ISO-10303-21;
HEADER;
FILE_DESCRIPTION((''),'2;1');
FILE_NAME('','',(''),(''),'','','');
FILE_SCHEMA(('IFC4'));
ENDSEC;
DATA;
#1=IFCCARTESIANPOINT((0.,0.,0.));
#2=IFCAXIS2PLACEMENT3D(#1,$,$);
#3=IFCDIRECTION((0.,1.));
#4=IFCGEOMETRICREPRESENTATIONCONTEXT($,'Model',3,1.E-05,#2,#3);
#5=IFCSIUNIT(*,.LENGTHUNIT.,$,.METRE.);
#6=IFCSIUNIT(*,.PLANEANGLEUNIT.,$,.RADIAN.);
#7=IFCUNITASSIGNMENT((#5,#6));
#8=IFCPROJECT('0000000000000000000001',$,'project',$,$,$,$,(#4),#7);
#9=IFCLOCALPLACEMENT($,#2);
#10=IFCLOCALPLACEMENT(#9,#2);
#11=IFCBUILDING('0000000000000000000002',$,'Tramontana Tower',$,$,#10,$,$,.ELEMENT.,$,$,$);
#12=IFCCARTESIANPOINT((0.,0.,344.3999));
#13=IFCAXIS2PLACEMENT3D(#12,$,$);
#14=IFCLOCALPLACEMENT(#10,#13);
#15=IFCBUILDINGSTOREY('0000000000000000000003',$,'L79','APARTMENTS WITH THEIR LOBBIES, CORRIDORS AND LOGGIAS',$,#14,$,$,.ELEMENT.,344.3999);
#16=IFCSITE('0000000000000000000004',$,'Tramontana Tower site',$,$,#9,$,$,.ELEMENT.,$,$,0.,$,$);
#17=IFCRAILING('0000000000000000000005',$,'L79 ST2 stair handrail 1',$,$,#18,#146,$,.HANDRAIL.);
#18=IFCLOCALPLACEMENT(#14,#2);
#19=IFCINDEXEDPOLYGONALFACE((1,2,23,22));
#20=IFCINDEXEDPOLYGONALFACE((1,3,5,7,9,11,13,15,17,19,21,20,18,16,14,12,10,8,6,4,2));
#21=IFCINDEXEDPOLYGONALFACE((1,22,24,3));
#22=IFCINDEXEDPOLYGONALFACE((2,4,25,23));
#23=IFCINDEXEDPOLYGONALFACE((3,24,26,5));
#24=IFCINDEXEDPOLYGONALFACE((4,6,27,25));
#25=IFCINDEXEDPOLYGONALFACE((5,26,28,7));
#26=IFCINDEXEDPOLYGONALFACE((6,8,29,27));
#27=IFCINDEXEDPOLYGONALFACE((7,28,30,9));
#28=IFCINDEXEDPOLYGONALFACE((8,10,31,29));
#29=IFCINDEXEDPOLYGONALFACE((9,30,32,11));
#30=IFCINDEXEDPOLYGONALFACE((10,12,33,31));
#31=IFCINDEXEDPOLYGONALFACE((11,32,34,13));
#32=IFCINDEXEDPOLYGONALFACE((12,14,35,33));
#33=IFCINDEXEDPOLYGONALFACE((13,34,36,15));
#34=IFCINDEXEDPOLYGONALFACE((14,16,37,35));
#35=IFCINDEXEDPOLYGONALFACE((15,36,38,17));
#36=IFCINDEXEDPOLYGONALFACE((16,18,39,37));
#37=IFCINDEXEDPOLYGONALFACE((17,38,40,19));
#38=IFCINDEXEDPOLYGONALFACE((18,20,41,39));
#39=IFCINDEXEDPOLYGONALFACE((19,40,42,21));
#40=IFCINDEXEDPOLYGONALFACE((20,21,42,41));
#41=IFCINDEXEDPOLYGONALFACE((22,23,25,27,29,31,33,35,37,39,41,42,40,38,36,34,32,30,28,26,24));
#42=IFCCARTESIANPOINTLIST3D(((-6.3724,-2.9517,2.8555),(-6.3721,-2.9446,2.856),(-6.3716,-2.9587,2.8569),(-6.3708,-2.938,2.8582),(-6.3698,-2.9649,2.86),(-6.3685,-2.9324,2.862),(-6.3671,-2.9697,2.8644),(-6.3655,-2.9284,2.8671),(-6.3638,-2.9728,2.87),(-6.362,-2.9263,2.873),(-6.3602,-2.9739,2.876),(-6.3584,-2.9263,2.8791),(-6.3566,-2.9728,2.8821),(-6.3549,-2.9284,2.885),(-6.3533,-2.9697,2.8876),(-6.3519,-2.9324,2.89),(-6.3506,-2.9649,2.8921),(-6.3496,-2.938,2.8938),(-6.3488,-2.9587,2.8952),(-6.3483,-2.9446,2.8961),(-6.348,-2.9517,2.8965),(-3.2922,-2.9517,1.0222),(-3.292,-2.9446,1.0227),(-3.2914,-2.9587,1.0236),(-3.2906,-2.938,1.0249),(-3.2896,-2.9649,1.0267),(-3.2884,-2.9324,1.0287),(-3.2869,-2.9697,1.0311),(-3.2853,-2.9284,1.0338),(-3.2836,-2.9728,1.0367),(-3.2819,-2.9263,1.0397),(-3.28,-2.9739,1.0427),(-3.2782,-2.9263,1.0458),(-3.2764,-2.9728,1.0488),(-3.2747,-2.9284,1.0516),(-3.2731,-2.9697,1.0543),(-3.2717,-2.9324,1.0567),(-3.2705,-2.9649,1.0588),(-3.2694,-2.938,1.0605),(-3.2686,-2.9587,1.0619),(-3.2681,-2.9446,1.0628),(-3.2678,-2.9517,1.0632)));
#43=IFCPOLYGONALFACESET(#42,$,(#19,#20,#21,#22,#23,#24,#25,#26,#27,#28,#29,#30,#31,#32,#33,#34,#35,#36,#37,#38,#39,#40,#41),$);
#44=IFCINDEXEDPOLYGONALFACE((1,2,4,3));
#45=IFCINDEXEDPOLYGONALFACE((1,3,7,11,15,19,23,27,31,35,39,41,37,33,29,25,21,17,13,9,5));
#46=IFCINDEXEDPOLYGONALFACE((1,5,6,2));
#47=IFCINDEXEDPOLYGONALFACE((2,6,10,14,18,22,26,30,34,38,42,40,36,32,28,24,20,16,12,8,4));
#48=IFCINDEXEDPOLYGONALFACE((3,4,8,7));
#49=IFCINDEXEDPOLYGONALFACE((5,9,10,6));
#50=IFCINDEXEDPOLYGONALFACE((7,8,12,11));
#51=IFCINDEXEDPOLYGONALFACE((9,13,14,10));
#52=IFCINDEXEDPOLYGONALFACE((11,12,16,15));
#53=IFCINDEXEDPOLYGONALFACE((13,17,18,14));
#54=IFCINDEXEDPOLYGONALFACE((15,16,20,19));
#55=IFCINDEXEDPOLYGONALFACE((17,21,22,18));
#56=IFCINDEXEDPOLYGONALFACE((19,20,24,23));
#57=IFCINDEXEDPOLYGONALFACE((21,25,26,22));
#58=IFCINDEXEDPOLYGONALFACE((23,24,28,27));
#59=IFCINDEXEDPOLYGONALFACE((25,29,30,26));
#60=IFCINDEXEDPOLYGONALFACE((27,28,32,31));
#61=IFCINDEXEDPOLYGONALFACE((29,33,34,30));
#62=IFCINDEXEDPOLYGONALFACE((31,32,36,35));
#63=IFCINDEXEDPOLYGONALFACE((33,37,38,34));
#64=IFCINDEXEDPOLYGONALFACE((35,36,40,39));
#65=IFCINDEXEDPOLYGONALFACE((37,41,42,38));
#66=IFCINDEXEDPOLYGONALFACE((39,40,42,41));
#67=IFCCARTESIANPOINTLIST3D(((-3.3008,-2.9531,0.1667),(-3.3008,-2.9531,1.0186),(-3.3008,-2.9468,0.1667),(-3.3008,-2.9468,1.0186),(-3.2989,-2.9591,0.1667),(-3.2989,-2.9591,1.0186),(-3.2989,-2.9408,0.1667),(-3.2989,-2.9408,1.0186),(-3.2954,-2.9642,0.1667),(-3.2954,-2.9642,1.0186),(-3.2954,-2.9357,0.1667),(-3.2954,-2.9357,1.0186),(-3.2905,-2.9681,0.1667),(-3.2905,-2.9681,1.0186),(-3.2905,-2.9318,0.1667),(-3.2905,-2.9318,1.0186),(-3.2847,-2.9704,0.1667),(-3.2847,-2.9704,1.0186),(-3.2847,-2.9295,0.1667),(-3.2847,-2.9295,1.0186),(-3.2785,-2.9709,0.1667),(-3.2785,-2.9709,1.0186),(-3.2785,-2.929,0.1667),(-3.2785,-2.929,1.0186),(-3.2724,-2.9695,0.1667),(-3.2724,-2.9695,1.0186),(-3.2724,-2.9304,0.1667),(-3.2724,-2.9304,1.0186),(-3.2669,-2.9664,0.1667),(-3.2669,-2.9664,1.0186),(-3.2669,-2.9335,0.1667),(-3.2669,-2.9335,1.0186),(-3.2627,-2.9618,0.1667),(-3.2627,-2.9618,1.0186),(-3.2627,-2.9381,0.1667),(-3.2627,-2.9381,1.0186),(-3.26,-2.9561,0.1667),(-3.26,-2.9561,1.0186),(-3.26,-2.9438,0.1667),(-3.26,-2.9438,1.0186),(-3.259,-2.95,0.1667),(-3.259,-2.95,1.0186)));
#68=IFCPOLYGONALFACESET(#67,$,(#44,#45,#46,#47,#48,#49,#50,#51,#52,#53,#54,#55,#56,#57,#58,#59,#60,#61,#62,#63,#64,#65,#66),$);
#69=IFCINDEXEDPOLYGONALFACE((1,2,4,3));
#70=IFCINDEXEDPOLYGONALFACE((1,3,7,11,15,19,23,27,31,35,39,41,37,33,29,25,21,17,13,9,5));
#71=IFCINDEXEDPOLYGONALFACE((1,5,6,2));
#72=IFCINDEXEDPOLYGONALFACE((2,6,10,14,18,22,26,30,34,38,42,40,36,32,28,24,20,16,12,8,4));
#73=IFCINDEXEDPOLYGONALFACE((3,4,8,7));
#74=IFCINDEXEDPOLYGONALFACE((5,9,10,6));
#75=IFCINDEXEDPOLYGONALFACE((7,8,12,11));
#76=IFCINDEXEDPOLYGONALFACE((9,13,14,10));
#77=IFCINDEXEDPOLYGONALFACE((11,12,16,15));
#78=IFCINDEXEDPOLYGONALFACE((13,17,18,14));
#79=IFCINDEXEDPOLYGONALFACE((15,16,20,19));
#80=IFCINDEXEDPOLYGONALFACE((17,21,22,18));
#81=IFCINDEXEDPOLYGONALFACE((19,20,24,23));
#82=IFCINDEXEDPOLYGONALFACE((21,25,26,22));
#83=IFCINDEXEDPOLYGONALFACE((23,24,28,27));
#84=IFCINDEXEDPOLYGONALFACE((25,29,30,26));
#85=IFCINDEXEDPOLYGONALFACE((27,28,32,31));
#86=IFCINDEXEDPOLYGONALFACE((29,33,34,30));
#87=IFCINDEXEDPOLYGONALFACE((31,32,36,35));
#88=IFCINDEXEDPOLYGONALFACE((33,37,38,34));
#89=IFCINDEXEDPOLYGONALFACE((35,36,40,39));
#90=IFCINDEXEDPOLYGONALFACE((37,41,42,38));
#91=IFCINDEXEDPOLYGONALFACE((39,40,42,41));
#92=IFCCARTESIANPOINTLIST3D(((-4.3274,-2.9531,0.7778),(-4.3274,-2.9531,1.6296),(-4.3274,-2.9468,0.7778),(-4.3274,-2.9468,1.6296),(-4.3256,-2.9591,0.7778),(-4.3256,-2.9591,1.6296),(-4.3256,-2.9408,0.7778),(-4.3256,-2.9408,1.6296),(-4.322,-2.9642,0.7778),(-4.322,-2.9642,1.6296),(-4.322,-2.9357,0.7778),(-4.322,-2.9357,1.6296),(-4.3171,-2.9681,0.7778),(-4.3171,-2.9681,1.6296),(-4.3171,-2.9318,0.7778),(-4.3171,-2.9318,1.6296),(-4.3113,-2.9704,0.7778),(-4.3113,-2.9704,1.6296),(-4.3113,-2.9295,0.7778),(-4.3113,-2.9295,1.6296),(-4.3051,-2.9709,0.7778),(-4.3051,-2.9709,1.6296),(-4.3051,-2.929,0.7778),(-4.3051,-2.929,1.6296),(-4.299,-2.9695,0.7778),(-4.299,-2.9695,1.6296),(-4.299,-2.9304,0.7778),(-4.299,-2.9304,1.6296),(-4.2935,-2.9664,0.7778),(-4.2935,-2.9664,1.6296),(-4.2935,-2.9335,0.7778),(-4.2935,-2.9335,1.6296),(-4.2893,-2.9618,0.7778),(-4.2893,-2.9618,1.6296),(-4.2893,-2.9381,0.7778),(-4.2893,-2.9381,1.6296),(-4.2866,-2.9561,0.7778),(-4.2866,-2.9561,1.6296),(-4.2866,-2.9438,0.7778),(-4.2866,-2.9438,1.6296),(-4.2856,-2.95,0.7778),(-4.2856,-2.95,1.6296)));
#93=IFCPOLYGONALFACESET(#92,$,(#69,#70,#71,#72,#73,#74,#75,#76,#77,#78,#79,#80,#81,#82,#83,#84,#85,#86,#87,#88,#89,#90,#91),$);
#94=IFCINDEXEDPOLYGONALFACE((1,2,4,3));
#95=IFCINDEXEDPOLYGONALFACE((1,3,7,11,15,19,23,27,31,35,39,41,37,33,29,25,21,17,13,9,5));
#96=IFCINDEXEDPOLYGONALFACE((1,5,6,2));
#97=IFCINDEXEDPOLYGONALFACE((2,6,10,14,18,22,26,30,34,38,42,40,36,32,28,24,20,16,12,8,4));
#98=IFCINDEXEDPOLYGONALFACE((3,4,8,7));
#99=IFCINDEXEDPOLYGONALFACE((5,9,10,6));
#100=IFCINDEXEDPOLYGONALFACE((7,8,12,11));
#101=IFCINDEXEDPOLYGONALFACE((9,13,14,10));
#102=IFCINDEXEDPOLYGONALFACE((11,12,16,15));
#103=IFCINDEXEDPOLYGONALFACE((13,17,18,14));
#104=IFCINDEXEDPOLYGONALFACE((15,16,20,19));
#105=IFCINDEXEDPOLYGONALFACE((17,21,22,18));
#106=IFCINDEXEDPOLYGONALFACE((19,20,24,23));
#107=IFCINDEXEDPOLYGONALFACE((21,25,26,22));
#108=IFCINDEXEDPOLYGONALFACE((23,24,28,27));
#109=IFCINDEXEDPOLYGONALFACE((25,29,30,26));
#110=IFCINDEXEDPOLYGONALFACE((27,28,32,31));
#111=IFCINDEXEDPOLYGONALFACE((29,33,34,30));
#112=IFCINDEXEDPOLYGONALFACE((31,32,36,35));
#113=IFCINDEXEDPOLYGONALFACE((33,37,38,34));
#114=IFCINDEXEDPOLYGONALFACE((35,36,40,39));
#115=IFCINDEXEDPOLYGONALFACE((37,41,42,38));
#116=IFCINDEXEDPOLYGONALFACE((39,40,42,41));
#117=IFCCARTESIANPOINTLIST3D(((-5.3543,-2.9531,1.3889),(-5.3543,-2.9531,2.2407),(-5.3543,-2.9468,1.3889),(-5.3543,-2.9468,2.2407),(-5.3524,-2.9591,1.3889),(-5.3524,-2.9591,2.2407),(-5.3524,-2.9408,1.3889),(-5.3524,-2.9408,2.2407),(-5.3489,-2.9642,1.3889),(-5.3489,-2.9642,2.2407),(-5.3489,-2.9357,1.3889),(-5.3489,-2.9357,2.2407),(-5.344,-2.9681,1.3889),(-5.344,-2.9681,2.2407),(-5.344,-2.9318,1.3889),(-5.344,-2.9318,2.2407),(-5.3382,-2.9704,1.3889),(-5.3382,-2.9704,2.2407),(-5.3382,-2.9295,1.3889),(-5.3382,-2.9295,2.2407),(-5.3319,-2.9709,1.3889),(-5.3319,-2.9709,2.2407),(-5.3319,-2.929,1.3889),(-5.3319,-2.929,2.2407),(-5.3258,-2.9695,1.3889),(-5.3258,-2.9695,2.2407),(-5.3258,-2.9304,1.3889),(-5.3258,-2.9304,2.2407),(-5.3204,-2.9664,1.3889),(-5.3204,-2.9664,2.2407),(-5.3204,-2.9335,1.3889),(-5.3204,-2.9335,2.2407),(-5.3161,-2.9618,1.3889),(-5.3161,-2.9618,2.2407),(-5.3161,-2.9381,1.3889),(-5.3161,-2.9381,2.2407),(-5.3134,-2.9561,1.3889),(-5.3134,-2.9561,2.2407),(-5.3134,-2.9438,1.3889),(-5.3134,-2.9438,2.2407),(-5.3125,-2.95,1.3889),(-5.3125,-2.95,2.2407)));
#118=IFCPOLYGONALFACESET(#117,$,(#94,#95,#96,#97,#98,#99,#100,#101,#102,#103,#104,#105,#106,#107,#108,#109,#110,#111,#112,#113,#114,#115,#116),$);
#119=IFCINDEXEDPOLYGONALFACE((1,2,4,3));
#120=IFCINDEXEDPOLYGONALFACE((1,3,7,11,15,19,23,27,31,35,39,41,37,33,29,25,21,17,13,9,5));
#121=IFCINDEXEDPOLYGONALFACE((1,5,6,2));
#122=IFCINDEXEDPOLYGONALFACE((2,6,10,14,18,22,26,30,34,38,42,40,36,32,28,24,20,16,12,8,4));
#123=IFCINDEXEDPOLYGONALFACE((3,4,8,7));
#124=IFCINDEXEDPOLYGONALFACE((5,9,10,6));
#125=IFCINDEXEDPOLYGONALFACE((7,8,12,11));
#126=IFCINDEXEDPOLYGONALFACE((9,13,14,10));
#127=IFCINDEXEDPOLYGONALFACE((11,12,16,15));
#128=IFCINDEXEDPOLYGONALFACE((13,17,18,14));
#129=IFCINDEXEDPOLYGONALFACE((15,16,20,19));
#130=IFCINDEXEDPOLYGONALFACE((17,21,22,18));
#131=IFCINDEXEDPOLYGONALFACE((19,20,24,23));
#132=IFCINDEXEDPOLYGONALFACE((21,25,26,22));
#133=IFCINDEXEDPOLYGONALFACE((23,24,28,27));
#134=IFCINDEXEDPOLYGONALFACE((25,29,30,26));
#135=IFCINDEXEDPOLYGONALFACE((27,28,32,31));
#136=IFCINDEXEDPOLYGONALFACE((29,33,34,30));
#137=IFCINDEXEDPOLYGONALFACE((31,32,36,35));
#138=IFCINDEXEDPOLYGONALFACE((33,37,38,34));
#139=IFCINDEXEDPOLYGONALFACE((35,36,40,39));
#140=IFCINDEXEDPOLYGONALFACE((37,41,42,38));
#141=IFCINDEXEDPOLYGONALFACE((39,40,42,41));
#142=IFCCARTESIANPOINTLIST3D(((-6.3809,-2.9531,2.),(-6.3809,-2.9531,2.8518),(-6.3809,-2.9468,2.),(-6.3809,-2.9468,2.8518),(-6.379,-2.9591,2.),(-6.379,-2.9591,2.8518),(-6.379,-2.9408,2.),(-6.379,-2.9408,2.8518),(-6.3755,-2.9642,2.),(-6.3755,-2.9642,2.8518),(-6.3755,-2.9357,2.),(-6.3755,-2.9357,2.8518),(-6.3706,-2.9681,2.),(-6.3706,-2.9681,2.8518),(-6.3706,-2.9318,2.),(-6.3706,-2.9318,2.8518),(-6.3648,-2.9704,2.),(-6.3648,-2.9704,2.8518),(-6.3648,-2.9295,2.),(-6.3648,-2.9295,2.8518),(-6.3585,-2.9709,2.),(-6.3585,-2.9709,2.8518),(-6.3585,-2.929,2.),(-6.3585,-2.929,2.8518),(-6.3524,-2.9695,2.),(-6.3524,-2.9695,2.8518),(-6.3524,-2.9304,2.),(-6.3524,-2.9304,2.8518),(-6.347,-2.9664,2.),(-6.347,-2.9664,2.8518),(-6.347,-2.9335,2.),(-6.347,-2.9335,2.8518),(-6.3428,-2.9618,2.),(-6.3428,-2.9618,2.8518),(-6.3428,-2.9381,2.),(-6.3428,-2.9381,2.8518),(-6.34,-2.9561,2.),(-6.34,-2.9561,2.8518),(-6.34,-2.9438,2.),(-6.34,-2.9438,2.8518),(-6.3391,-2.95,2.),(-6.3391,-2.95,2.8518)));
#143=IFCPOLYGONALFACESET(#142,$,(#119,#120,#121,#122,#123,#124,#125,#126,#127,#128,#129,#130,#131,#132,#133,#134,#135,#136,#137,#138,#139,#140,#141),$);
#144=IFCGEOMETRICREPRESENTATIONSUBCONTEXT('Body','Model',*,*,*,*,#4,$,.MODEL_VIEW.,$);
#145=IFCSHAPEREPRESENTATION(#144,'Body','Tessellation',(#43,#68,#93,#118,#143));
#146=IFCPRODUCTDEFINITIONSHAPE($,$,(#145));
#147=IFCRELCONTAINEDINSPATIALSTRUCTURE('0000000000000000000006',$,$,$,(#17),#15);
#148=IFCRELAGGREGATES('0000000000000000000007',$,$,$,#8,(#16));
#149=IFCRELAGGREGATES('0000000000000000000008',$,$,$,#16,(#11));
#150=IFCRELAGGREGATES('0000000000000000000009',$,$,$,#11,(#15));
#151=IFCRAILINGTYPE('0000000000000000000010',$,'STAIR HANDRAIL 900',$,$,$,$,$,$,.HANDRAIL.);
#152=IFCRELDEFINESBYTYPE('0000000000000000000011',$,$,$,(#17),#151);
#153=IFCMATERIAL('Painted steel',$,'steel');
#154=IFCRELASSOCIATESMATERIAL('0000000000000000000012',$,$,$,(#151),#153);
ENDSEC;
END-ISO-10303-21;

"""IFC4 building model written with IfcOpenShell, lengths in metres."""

from ifc_helpers import new_model, si_unit, direction, frame, origin, origin_2d, place, context, subcontext, project, spatial, circle, extrude, material, type_object, element, save


model = new_model("IFC4")

# Units and contexts
model_context = context("Model", 3, precision=1e-05, world=origin(), true_north=direction((0.0, 1.0)))
body_context = subcontext(model_context, "Body", "Model", "MODEL_VIEW")
ifc_project = project(units=[si_unit("LENGTHUNIT", "METRE"), si_unit("PLANEANGLEUNIT", "RADIAN")], contexts=[model_context])

# Site, building, storey
site_placement = place(None, origin())
site = spatial("IfcSite", under=ifc_project, at=site_placement, Name="Tramontana Tower site", CompositionType="ELEMENT", RefElevation=0.0)
building_placement = place(site_placement, origin())
building = spatial("IfcBuilding", under=site, at=building_placement, Name="Tramontana Tower", CompositionType="ELEMENT")
storey_placement = place(building_placement, frame((0.0, 0.0, 344.3999)))
storey = spatial("IfcBuildingStorey", under=building, at=storey_placement, Name="L79", Description="APARTMENTS WITH THEIR LOBBIES, CORRIDORS AND LOGGIAS", CompositionType="ELEMENT", Elevation=344.3999)

# Railing
ifc_material_1 = material(Name="Painted steel", Category="steel")
railing_type_1 = type_object("IfcRailingType", Name="STAIR HANDRAIL 900", PredefinedType="HANDRAIL", material=ifc_material_1)
railing_1_placement = place(storey_placement, frame((-3.28, -2.95, 0.1667)))
element("IfcRailing", 1, at=railing_1_placement, inside=storey, type_object=railing_type_1, Name="L79 ST2 stair handrail 1", PredefinedType="HANDRAIL", context=body_context, shape_type="SweptSolid", body=[
    extrude(circle(Radius=0.0239, at=origin_2d()), frame((0.0, 0.0, 0.876), z_axis=(-0.859309, 0.0, 0.511458), x_axis=(0.0, -1.0, 0.0)), (0.0, 0.0, 1.0), 3.5845),
    extrude(circle(Radius=0.021, at=origin_2d()), origin(), (0.0, 0.0, 1.0), 0.8518),
    extrude(circle(Radius=0.021, at=origin_2d()), frame((-1.0266, 0.0, 0.6111)), (0.0, 0.0, 1.0), 0.8518),
    extrude(circle(Radius=0.021, at=origin_2d()), frame((-2.0535, 0.0, 1.2222)), (0.0, 0.0, 1.0), 0.8518),
    extrude(circle(Radius=0.021, at=origin_2d()), frame((-3.0801, 0.0, 1.8333)), (0.0, 0.0, 1.0), 0.8518),
])

save(model, "model.ifc")
